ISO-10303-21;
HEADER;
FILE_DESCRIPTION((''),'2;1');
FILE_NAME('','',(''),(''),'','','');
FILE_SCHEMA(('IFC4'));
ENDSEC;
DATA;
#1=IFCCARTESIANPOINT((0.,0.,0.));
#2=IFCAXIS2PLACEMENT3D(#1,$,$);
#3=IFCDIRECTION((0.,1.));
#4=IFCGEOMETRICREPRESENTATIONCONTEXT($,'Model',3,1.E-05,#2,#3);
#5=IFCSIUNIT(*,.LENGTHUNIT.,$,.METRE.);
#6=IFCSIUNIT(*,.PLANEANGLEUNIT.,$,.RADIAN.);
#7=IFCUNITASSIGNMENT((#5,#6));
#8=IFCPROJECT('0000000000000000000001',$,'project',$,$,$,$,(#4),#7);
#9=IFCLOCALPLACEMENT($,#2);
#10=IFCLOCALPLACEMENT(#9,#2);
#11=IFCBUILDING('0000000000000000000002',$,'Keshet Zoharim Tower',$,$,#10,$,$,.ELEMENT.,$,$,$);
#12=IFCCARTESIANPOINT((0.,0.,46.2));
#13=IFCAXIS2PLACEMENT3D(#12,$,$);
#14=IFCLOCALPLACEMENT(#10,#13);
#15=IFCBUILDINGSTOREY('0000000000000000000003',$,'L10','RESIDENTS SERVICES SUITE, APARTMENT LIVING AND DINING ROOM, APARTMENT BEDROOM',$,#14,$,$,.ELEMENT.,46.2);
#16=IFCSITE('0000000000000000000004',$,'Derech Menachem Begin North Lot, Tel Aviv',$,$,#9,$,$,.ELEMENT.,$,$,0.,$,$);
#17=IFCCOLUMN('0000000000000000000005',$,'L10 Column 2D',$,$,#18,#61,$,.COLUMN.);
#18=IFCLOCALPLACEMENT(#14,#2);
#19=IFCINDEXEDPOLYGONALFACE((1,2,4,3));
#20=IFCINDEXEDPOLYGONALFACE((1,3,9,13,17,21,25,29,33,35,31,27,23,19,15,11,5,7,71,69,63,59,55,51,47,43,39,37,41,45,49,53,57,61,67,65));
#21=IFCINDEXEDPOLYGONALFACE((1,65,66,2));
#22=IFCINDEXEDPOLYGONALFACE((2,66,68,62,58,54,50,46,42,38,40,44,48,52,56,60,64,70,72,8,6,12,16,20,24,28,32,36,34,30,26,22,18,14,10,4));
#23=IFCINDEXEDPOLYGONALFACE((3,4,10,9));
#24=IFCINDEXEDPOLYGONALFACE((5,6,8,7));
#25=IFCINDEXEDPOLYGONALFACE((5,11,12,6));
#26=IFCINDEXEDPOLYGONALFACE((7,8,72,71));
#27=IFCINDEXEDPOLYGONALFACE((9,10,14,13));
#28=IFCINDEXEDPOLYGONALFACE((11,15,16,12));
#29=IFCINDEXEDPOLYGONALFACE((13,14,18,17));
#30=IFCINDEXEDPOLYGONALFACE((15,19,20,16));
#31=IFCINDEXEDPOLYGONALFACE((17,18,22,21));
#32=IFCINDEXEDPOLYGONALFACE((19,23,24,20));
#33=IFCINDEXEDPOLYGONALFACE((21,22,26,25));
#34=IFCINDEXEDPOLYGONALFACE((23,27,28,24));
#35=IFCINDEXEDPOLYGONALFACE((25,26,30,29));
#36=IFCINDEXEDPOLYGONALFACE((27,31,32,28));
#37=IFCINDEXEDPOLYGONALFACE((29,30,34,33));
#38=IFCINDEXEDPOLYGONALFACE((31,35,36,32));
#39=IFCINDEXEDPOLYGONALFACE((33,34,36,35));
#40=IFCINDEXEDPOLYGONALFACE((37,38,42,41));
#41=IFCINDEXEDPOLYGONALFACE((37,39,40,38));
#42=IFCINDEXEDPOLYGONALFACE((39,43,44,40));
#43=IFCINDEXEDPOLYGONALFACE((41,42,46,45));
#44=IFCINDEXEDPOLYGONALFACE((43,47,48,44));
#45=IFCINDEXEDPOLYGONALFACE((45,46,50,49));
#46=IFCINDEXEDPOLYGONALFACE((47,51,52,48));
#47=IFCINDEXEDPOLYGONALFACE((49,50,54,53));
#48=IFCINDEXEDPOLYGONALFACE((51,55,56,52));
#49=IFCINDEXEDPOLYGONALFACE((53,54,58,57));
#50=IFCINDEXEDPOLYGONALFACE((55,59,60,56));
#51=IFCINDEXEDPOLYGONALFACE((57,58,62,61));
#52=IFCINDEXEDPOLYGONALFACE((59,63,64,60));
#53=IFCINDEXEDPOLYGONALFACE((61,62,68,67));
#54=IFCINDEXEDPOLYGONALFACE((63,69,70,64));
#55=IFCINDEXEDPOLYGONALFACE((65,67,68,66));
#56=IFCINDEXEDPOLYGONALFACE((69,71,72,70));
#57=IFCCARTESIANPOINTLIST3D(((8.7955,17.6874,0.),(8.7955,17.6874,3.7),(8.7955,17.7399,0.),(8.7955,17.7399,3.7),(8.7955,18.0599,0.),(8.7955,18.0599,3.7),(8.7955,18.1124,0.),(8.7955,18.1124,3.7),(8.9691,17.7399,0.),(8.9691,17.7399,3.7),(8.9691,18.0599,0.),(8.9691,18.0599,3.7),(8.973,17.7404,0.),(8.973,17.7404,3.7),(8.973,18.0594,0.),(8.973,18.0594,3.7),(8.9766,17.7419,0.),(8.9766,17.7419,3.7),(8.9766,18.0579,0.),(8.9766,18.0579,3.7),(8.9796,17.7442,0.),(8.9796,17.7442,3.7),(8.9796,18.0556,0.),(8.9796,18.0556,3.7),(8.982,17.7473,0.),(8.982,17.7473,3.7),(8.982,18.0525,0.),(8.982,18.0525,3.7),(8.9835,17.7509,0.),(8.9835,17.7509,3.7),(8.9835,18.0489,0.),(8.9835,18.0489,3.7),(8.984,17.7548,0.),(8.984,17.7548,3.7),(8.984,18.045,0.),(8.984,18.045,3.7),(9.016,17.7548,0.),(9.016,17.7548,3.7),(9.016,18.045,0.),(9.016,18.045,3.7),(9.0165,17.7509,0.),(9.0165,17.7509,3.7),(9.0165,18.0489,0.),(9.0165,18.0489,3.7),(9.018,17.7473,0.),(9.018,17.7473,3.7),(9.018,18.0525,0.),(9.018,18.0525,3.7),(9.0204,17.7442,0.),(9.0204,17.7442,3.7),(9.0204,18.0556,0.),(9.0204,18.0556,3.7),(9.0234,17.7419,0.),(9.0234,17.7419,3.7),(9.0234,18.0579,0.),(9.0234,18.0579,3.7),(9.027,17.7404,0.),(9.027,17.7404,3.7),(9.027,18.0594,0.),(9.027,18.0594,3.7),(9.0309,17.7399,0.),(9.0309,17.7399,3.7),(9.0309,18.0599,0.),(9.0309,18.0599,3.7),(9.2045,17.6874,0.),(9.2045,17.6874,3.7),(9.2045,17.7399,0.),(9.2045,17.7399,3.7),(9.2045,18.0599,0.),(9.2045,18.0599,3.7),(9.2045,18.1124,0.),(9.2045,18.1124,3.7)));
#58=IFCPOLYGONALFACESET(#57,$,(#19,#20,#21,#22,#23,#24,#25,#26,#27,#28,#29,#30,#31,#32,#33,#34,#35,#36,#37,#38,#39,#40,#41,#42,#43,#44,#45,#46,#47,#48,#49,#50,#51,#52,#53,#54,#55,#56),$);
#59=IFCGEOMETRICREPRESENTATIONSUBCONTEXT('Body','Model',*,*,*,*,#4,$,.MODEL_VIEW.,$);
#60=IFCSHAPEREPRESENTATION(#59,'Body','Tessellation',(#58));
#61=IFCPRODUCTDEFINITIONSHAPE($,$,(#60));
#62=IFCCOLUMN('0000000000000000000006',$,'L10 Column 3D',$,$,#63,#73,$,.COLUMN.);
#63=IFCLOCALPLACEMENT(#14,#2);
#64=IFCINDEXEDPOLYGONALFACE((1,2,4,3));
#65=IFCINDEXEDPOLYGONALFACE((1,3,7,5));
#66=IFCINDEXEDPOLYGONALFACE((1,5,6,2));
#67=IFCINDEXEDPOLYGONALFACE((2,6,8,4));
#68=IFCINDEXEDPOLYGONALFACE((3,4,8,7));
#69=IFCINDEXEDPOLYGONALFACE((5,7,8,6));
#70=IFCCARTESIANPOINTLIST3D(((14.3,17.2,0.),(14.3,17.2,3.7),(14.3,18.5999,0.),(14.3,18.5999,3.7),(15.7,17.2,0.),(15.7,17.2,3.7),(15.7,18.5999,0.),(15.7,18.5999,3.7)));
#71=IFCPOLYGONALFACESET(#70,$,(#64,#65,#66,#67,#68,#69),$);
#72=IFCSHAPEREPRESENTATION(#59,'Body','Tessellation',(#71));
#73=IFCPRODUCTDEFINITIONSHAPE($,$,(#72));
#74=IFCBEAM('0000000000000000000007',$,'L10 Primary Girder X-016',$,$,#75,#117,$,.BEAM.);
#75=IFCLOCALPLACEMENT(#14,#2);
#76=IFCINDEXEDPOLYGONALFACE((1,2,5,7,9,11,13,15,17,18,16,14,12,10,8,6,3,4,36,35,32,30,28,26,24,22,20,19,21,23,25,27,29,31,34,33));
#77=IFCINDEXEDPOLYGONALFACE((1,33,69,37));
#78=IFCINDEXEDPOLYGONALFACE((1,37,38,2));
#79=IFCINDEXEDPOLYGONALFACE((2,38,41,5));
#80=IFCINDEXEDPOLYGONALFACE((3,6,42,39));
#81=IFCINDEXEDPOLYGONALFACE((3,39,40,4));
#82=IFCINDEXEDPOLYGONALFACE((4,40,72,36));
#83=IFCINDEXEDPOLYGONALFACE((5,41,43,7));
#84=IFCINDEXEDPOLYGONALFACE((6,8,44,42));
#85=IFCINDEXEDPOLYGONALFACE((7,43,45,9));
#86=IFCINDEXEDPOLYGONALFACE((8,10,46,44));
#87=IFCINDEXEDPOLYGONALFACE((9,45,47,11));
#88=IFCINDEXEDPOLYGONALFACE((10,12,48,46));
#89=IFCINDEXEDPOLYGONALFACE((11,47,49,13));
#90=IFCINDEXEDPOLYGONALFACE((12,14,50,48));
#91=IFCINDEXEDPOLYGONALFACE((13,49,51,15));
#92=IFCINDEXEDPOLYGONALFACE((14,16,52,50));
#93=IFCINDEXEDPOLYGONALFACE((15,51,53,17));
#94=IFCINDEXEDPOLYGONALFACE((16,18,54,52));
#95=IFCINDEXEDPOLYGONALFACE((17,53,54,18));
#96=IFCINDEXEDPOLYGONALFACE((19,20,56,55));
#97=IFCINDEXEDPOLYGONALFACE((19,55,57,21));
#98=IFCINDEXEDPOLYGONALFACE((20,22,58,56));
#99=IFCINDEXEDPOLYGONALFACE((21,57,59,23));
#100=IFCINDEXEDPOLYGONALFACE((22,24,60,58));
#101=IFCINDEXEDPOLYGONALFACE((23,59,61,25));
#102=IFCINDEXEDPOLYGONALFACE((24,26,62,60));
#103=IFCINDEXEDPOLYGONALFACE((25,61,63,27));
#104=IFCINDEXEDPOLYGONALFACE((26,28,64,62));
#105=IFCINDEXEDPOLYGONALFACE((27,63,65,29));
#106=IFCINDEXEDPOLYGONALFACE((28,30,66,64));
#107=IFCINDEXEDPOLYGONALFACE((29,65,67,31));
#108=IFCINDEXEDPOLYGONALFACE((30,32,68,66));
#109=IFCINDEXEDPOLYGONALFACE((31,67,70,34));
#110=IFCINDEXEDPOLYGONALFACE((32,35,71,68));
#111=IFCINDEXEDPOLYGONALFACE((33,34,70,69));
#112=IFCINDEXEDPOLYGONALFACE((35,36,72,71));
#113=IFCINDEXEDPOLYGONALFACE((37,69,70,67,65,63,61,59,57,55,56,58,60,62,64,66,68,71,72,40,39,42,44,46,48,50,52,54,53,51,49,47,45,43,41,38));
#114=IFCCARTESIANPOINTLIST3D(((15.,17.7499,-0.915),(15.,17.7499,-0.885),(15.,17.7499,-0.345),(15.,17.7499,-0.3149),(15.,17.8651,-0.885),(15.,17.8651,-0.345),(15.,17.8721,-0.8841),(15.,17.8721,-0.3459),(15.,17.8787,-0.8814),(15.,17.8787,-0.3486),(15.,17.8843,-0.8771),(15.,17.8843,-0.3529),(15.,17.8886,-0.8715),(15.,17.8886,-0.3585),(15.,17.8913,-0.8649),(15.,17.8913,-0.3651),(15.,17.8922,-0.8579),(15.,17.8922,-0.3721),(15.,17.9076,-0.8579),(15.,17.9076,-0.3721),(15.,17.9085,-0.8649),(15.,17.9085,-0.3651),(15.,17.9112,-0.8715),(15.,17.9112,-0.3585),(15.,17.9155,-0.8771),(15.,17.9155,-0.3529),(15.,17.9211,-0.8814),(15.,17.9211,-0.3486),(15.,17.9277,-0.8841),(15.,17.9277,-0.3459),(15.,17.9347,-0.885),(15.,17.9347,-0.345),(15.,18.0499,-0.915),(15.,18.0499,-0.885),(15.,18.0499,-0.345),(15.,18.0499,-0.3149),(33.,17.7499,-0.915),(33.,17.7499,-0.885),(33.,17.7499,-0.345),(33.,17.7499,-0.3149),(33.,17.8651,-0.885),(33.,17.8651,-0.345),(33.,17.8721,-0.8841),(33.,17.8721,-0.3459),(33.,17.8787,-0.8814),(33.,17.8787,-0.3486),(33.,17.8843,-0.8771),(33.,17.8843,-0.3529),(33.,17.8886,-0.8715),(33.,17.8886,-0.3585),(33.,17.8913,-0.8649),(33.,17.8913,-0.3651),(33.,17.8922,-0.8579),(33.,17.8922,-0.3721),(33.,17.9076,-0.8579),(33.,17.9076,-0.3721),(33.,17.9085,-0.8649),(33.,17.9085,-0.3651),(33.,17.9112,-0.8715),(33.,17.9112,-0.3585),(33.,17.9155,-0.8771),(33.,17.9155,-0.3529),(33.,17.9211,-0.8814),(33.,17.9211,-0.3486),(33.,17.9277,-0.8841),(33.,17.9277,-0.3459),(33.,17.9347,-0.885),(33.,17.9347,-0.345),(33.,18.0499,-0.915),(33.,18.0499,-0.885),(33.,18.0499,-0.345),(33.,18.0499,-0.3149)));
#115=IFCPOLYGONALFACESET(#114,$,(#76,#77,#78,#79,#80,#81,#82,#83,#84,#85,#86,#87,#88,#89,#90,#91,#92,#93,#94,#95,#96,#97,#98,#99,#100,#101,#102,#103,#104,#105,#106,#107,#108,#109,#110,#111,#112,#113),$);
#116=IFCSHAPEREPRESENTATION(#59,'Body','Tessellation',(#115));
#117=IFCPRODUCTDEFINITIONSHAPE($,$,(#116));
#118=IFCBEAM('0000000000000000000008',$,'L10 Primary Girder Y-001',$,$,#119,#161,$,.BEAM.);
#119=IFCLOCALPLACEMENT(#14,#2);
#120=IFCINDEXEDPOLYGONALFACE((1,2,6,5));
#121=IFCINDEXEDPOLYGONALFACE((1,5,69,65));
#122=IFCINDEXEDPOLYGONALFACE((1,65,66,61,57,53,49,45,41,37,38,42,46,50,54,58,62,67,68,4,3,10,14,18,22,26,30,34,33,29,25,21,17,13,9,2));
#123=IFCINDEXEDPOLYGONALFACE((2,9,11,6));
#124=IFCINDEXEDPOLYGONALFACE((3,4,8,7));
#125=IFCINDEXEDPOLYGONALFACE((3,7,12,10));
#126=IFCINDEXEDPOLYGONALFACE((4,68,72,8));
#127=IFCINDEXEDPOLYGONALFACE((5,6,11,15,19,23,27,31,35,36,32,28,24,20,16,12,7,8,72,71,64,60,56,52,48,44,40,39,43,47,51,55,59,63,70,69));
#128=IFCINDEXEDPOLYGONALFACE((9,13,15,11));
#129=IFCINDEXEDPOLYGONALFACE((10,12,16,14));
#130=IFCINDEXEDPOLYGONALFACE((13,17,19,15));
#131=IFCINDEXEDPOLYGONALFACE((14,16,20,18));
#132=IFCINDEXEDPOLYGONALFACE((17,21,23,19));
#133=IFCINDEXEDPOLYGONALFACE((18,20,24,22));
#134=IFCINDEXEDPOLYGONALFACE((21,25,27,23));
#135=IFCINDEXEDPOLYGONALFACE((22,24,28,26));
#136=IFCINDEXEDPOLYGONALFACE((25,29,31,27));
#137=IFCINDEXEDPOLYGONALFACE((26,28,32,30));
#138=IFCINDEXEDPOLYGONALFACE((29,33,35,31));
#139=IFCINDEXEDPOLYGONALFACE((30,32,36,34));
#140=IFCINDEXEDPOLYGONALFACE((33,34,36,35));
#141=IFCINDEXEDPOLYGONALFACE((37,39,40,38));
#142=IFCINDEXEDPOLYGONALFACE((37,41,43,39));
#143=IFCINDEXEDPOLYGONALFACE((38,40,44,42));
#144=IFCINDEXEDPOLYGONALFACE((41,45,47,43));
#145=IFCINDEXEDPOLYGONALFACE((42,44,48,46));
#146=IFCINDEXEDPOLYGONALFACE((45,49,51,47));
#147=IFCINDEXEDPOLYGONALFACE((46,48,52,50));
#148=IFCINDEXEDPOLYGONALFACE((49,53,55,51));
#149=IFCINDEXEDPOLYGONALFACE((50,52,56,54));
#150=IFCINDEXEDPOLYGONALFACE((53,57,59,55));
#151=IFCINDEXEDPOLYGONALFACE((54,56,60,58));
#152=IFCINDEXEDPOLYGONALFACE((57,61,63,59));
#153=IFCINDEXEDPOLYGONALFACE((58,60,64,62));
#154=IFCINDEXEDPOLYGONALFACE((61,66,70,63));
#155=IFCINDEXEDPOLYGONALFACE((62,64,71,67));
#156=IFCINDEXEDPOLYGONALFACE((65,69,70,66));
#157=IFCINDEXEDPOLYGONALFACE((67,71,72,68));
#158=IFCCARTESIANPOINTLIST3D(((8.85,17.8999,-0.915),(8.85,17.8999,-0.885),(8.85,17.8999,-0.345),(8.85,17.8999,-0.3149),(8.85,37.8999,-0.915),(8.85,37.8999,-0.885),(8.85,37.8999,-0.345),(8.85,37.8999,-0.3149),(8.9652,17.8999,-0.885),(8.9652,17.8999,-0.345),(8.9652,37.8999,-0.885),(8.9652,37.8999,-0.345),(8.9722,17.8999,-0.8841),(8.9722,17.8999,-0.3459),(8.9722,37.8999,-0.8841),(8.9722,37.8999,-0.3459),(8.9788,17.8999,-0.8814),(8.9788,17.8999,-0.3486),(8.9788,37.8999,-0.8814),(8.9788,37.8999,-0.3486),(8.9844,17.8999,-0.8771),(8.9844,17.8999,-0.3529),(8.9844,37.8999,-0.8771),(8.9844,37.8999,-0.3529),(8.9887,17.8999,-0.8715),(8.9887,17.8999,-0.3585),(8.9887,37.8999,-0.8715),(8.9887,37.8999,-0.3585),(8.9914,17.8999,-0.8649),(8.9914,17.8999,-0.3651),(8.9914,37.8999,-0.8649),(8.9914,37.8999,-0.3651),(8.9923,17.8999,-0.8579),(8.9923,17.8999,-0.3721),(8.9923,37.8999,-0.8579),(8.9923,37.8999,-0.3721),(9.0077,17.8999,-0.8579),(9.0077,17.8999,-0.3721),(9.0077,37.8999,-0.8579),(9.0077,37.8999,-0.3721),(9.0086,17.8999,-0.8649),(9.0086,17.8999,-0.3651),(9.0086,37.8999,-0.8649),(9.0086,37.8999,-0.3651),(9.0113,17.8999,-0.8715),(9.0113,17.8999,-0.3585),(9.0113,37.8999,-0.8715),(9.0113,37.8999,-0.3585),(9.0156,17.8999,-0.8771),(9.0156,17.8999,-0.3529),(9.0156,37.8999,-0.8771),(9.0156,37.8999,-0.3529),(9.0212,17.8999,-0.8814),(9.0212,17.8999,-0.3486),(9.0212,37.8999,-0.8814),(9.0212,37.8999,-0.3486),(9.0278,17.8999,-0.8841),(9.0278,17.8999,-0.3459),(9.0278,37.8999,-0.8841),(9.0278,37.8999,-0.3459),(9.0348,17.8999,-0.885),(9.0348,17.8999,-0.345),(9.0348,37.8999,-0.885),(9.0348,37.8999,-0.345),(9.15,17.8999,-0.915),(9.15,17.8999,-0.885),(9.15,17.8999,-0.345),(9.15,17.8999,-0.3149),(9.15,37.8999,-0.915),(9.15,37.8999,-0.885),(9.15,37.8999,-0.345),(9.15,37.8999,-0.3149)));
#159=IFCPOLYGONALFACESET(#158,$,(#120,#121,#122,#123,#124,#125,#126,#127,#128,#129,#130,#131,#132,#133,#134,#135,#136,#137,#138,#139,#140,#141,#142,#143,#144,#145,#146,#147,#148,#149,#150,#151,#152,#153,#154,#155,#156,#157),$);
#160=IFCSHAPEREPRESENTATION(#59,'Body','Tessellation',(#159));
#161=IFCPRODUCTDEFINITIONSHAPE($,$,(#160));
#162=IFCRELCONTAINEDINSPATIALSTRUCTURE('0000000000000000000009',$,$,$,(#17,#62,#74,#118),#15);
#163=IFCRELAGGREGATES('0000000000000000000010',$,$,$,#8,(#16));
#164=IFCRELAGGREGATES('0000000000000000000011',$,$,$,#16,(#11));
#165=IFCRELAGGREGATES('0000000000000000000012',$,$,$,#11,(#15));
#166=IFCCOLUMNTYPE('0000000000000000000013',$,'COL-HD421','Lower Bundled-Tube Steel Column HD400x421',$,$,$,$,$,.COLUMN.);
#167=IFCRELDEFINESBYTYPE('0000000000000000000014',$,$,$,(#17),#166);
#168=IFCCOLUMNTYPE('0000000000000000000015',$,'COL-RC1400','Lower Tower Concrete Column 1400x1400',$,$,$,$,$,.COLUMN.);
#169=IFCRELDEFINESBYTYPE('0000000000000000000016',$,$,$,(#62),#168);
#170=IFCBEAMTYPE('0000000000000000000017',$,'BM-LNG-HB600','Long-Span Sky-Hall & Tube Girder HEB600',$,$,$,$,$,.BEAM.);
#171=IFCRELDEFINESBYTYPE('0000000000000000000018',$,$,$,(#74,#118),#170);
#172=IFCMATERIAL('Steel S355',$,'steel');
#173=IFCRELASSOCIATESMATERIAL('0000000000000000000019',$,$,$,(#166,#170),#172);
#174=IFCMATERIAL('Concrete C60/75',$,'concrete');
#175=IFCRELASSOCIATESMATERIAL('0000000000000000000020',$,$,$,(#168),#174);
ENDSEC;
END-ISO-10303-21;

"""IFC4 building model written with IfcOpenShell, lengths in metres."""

from ifc_helpers import new_model, si_unit, direction, frame, origin, origin_2d, place, context, subcontext, project, spatial, rectangle, i_section, extrude, material, material_profile, profile_set, type_object, element, save


model = new_model("IFC4")

# Units and contexts
model_context = context("Model", 3, precision=1e-05, world=origin(), true_north=direction((0.0, 1.0)))
body_context = subcontext(model_context, "Body", "Model", "MODEL_VIEW")
ifc_project = project(units=[si_unit("LENGTHUNIT", "METRE"), si_unit("PLANEANGLEUNIT", "RADIAN")], contexts=[model_context])

# Site, building, storey
site_placement = place(None, origin())
site = spatial("IfcSite", under=ifc_project, at=site_placement, Name="Derech Menachem Begin North Lot, Tel Aviv", CompositionType="ELEMENT", RefElevation=0.0)
building_placement = place(site_placement, origin())
building = spatial("IfcBuilding", under=site, at=building_placement, Name="Keshet Zoharim Tower", CompositionType="ELEMENT")
storey_placement = place(building_placement, frame((0.0, 0.0, 46.2)))
storey = spatial("IfcBuildingStorey", under=building, at=storey_placement, Name="L10", Description="RESIDENTS SERVICES SUITE, APARTMENT LIVING AND DINING ROOM, APARTMENT BEDROOM", CompositionType="ELEMENT", Elevation=46.2)

# Columns
ifc_material_1 = material(Name="Steel S355", Category="steel")
ifc_material_profile_1 = material_profile(ifc_material_1, i_section(OverallWidth=0.4089, OverallDepth=0.425, WebThickness=0.032, FlangeThickness=0.0525, FilletRadius=0.0149, at=origin_2d()), Name="HD400x421")
ifc_profile_set_1 = profile_set([ifc_material_profile_1], Name="Steel S355")
column_type_1 = type_object("IfcColumnType", Name="COL-HD421", Description="Lower Bundled-Tube Steel Column HD400x421", PredefinedType="COLUMN", material=ifc_profile_set_1)
column_1_placement = place(storey_placement, frame((9.0, 17.8999, 0.0), z_axis=(0.0, 0.0, 1.0), x_axis=(1.0, 0.0, 0.0)))
element("IfcColumn", 1, at=column_1_placement, inside=storey, type_object=column_type_1, Name="L10 Column 2D", PredefinedType="COLUMN", context=body_context, shape_type="SweptSolid", body=[
    extrude(i_section(OverallWidth=0.4089, OverallDepth=0.425, WebThickness=0.032, FlangeThickness=0.0525, FilletRadius=0.0149, at=origin_2d()), origin(), (0.0, 0.0, 1.0), 3.7),
])
ifc_material_2 = material(Name="Concrete C60/75", Category="concrete")
ifc_material_profile_2 = material_profile(ifc_material_2, rectangle(XDim=1.3999, YDim=1.3999, at=origin_2d()), Name="RC1400x1400")
ifc_profile_set_2 = profile_set([ifc_material_profile_2], Name="Concrete C60/75")
column_type_2 = type_object("IfcColumnType", Name="COL-RC1400", Description="Lower Tower Concrete Column 1400x1400", PredefinedType="COLUMN", material=ifc_profile_set_2)
column_2_placement = place(storey_placement, frame((15.0, 17.8999, 0.0), z_axis=(0.0, 0.0, 1.0), x_axis=(1.0, 0.0, 0.0)))
element("IfcColumn", 2, at=column_2_placement, inside=storey, type_object=column_type_2, Name="L10 Column 3D", PredefinedType="COLUMN", context=body_context, shape_type="SweptSolid", body=[
    extrude(rectangle(XDim=1.3999, YDim=1.3999, at=origin_2d()), origin(), (0.0, 0.0, 1.0), 3.7),
])

# Beams
ifc_material_profile_3 = material_profile(ifc_material_1, i_section(OverallWidth=0.3, OverallDepth=0.6001, WebThickness=0.0154, FlangeThickness=0.03, FilletRadius=0.0271, at=origin_2d()), Name="HEB600")
ifc_profile_set_3 = profile_set([ifc_material_profile_3], Name="Steel S355")
beam_type_1 = type_object("IfcBeamType", Name="BM-LNG-HB600", Description="Long-Span Sky-Hall & Tube Girder HEB600", PredefinedType="BEAM", material=ifc_profile_set_3)
beam_1_placement = place(storey_placement, frame((15.0, 17.8999, -0.615), z_axis=(1.0, 0.0, 0.0), x_axis=(0.0, 1.0, 0.0)))
element("IfcBeam", 3, at=beam_1_placement, inside=storey, type_object=beam_type_1, Name="L10 Primary Girder X-016", PredefinedType="BEAM", context=body_context, shape_type="SweptSolid", body=[
    extrude(i_section(OverallWidth=0.3, OverallDepth=0.6001, WebThickness=0.0154, FlangeThickness=0.03, FilletRadius=0.0271, at=origin_2d()), origin(), (0.0, 0.0, 1.0), 18.0),
])
beam_2_placement = place(storey_placement, frame((9.0, 17.8999, -0.615), z_axis=(0.0, 1.0, 0.0), x_axis=(-1.0, 0.0, 0.0)))
element("IfcBeam", 4, at=beam_2_placement, inside=storey, type_object=beam_type_1, Name="L10 Primary Girder Y-001", PredefinedType="BEAM", context=body_context, shape_type="SweptSolid", body=[
    extrude(i_section(OverallWidth=0.3, OverallDepth=0.6001, WebThickness=0.0154, FlangeThickness=0.03, FilletRadius=0.0271, at=origin_2d()), origin(), (0.0, 0.0, 1.0), 20.0),
])

save(model, "model.ifc")
